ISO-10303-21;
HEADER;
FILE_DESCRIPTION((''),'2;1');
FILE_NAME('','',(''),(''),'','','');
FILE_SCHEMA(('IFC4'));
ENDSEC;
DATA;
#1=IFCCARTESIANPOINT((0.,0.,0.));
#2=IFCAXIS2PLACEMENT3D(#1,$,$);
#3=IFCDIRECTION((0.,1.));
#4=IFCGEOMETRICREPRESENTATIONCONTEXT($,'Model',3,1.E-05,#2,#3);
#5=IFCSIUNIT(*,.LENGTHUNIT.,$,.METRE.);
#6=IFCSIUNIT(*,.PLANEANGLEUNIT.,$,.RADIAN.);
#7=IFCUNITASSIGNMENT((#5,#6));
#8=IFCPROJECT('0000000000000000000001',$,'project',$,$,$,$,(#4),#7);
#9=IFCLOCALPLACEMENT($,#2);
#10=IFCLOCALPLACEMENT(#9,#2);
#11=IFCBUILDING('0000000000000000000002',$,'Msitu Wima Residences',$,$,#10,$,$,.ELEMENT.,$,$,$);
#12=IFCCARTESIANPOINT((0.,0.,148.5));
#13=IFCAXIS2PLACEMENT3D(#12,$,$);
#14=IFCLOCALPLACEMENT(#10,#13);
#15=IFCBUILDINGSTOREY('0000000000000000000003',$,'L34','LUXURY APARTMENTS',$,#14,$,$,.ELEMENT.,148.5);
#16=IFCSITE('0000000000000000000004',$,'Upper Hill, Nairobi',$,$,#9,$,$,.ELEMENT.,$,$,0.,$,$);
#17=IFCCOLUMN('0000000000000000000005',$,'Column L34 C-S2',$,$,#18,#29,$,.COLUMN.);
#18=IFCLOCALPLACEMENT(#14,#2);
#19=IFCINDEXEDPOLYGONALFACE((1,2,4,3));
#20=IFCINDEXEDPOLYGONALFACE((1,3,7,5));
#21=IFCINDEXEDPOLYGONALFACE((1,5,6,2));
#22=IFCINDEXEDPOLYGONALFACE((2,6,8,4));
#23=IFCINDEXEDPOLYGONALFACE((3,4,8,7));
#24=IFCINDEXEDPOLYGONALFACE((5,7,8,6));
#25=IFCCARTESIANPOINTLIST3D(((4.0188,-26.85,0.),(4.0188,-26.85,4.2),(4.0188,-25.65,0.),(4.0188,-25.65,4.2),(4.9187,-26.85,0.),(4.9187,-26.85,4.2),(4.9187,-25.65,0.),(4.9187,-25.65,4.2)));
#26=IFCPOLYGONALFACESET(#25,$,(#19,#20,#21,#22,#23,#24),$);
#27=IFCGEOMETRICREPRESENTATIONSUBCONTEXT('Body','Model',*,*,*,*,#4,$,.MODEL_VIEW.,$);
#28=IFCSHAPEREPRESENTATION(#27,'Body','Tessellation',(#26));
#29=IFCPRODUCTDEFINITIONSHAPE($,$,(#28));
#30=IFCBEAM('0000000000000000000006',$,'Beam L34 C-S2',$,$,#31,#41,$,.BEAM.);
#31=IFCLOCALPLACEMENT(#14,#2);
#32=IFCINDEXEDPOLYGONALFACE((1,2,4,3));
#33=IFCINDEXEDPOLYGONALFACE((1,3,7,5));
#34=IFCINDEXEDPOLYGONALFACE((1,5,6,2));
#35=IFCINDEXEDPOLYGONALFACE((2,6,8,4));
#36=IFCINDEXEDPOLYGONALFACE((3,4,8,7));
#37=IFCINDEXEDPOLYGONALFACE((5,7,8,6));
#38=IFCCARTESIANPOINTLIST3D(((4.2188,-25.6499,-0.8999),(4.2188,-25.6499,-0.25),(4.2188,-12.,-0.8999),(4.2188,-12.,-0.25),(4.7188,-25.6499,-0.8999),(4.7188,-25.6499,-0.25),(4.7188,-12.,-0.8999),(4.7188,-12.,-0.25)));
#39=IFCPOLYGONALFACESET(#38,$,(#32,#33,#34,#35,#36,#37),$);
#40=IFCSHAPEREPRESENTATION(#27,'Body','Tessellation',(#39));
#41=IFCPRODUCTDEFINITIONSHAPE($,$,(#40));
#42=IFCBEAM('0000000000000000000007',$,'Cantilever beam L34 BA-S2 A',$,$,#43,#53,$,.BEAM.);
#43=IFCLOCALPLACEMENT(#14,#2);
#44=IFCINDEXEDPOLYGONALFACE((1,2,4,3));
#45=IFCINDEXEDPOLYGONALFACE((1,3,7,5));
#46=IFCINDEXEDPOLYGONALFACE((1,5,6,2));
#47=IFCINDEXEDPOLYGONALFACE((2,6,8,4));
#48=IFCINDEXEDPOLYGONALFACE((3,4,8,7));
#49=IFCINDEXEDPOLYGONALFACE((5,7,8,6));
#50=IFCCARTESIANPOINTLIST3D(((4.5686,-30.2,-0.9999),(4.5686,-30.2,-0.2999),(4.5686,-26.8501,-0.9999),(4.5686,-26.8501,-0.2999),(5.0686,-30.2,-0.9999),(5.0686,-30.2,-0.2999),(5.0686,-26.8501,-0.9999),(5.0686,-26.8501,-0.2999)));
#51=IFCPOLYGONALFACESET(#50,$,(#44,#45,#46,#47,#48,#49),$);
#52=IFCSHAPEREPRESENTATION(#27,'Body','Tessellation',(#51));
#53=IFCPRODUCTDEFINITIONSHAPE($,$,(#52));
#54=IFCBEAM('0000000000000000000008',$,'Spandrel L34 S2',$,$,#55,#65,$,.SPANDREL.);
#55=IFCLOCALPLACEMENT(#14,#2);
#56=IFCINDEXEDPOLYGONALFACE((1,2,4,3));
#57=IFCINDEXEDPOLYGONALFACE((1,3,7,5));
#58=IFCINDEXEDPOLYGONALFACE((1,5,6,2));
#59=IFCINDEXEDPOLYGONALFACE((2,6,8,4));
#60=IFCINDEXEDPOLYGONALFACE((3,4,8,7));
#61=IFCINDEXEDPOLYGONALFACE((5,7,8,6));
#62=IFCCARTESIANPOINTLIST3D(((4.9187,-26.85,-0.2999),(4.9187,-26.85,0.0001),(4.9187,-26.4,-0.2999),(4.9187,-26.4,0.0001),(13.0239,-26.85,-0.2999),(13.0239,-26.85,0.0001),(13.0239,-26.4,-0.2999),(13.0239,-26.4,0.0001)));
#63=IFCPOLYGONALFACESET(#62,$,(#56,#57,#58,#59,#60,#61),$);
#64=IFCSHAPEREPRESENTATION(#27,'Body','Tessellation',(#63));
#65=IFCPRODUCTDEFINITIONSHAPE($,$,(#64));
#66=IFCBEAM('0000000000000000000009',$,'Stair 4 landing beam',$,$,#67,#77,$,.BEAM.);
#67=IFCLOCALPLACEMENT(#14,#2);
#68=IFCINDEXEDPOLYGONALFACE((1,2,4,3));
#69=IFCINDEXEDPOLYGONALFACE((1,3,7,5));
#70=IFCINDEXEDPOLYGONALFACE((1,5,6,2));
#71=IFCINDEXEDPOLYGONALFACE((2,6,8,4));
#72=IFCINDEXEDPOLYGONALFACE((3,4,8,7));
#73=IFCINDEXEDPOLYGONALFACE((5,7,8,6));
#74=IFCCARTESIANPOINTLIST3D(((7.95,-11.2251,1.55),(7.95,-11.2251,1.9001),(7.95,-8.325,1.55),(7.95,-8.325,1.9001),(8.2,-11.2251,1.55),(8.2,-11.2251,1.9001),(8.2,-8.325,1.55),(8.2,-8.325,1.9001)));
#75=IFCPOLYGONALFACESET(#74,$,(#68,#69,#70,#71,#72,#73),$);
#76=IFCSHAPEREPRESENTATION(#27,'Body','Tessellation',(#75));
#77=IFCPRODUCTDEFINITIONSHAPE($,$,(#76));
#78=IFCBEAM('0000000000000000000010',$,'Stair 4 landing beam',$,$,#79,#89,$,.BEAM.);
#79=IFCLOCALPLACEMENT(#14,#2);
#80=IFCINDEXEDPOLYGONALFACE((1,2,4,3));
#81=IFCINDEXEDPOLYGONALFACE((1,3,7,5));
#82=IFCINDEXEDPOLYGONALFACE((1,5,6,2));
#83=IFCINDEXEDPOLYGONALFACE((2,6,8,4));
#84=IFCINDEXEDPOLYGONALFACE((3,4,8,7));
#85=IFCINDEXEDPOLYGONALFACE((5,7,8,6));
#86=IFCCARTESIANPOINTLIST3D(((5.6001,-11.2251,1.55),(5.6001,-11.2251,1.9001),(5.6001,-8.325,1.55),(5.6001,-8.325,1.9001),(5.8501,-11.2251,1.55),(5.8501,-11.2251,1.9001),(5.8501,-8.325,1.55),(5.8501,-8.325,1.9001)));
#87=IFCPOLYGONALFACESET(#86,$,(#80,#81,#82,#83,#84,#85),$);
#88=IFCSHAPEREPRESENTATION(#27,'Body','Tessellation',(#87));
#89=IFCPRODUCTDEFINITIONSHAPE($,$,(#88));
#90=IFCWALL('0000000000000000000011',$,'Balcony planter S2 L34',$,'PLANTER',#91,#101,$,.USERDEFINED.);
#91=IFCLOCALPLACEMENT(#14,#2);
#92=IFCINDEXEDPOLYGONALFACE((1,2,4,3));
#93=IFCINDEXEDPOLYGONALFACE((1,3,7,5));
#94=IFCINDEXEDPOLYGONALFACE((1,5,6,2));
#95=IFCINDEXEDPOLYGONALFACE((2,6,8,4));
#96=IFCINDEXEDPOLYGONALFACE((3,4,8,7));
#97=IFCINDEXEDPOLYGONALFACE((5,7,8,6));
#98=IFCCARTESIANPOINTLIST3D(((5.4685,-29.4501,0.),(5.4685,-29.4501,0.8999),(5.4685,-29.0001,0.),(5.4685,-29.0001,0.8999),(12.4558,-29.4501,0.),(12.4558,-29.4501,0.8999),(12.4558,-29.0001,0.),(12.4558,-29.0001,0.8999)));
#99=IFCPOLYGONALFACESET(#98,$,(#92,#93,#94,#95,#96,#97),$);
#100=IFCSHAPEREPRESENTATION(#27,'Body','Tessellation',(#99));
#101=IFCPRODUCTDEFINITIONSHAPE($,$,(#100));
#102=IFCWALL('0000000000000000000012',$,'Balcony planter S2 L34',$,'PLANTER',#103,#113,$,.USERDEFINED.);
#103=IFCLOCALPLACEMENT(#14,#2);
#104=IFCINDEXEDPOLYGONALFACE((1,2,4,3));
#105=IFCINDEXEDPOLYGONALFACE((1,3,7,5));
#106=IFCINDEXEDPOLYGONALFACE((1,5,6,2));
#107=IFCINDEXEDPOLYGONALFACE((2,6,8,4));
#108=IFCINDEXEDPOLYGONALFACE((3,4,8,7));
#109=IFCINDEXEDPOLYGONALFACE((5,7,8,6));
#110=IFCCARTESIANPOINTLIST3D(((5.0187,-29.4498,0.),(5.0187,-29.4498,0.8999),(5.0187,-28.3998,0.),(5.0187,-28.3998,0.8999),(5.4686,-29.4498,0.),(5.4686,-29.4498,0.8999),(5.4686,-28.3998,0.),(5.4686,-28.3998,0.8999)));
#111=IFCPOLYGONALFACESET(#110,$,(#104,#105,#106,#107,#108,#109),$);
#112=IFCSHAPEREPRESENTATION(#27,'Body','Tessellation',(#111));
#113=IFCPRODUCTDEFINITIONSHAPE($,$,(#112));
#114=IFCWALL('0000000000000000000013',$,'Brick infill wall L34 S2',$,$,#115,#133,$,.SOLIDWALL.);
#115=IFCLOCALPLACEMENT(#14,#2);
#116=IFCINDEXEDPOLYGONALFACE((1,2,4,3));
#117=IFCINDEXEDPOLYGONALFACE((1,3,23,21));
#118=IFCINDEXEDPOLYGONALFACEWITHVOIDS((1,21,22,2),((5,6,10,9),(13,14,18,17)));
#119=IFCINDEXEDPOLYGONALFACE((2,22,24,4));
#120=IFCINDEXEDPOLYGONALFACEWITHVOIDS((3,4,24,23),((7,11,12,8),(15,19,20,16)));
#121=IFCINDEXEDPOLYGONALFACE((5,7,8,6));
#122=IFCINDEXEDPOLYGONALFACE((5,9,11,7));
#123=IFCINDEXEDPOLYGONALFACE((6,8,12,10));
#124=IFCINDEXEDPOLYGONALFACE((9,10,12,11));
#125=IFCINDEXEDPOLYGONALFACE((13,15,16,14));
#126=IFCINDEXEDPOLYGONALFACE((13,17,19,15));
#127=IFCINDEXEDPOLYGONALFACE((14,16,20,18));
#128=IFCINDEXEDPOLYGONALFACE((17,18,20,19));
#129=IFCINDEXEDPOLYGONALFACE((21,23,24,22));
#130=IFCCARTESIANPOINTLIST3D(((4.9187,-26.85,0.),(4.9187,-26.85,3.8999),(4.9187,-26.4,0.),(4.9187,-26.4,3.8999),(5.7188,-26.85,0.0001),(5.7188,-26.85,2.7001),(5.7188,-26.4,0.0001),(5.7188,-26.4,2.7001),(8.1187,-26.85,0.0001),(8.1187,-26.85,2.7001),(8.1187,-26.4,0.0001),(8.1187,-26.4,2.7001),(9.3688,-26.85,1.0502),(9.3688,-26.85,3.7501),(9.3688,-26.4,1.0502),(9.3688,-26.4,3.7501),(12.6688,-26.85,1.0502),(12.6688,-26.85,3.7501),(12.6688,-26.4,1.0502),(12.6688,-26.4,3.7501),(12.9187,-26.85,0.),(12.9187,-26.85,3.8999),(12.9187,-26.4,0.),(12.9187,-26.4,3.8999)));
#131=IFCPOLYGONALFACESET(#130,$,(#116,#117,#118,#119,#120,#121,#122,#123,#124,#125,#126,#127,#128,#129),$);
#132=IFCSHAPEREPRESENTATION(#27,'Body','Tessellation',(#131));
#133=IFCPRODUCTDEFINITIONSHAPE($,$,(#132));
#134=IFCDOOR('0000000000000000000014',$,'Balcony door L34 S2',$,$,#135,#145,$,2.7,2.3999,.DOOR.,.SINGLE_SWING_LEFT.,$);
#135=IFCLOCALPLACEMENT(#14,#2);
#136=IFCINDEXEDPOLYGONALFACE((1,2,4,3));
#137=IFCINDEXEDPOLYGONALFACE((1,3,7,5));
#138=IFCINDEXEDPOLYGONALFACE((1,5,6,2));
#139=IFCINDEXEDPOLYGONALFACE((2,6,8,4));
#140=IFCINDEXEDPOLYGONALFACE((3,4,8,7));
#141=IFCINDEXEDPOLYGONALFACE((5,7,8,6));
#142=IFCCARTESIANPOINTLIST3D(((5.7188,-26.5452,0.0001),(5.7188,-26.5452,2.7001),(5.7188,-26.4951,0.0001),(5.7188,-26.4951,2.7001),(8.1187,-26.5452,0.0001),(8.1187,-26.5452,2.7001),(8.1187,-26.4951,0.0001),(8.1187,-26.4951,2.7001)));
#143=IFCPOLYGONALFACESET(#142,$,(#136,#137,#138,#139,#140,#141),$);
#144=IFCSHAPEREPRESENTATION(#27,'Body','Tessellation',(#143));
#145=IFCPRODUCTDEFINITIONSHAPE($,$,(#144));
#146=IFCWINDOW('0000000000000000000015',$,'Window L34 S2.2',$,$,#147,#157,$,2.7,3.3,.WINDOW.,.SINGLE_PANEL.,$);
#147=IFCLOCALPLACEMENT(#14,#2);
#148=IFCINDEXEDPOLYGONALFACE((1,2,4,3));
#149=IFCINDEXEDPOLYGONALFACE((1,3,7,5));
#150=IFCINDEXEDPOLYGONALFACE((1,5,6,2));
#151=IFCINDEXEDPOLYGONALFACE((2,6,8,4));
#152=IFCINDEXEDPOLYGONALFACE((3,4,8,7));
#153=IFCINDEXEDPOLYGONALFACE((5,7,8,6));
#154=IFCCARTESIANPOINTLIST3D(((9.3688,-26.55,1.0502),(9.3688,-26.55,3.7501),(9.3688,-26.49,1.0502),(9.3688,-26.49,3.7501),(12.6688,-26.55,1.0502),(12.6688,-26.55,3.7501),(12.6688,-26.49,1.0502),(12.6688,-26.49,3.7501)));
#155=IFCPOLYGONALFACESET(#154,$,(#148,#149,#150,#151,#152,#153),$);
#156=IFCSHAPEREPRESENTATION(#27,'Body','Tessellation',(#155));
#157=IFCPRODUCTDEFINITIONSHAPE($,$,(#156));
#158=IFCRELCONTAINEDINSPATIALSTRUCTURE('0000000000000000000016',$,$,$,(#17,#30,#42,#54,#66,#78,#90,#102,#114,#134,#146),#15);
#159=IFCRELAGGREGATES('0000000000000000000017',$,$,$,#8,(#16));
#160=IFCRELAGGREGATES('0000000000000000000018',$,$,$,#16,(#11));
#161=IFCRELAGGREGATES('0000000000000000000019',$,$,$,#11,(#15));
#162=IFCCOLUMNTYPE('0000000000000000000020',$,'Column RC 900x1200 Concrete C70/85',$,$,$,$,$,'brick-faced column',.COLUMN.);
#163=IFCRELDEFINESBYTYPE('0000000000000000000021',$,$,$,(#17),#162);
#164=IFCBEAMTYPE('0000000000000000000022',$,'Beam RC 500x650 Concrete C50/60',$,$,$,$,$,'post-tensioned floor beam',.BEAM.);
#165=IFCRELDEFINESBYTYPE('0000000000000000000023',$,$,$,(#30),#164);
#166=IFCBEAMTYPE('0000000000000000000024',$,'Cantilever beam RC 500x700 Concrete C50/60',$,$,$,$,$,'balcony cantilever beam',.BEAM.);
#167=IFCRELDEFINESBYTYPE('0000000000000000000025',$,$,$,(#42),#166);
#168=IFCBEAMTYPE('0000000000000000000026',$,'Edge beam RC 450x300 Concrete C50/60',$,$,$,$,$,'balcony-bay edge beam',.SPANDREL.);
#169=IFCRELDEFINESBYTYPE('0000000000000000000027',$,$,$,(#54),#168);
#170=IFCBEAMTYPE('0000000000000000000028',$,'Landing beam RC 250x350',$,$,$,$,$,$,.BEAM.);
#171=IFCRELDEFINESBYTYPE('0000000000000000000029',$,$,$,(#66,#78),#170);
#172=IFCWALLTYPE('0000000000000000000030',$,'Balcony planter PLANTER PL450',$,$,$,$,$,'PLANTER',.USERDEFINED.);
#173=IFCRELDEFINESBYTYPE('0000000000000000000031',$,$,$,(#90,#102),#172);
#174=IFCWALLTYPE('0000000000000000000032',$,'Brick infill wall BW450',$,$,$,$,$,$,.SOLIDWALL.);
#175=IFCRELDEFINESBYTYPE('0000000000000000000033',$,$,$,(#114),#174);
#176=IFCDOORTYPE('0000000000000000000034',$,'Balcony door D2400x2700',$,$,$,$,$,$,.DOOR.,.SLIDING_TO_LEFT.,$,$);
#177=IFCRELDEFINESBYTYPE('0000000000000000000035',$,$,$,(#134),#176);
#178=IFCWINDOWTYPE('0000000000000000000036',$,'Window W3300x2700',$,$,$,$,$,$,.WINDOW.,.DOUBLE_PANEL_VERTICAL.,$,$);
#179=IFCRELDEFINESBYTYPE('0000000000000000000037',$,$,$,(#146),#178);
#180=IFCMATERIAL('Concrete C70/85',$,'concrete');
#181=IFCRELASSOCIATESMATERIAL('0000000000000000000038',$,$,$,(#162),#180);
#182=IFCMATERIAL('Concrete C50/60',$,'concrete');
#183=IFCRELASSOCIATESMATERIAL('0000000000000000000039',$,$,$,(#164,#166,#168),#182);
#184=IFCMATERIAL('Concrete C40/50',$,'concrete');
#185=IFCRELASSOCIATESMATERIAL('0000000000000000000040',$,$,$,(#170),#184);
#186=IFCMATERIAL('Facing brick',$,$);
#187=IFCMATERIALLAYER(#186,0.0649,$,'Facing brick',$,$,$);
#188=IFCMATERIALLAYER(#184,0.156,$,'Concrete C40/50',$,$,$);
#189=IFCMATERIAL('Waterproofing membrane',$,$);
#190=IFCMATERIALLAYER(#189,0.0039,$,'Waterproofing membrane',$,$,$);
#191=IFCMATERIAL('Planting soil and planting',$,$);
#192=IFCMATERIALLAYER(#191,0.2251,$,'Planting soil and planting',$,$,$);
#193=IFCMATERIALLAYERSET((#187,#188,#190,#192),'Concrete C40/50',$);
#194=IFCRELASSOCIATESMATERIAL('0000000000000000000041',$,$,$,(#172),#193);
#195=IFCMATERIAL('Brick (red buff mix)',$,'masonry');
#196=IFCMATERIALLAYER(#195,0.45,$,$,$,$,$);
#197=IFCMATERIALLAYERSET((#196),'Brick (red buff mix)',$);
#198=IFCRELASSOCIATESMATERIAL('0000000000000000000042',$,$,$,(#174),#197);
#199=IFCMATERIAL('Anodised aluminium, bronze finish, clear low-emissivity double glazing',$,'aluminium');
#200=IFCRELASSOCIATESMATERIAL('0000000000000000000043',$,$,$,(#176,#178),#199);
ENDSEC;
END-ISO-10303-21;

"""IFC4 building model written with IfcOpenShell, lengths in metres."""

from ifc_helpers import new_model, si_unit, direction, frame, frame_2d, origin, origin_2d, place, context, subcontext, project, spatial, rectangle, extrude, material, layer, layer_set, material_profile, profile_set, type_object, element, fill, save


model = new_model("IFC4")

# Units and contexts
model_context = context("Model", 3, precision=1e-05, world=origin(), true_north=direction((0.0, 1.0)))
body_context = subcontext(model_context, "Body", "Model", "MODEL_VIEW")
ifc_project = project(units=[si_unit("LENGTHUNIT", "METRE"), si_unit("PLANEANGLEUNIT", "RADIAN")], contexts=[model_context])

# Site, building, storey
site_placement = place(None, origin())
site = spatial("IfcSite", under=ifc_project, at=site_placement, Name="Upper Hill, Nairobi", CompositionType="ELEMENT", RefElevation=0.0)
building_placement = place(site_placement, origin())
building = spatial("IfcBuilding", under=site, at=building_placement, Name="Msitu Wima Residences", CompositionType="ELEMENT")
storey_placement = place(building_placement, frame((0.0, 0.0, 148.5)))
storey = spatial("IfcBuildingStorey", under=building, at=storey_placement, Name="L34", Description="LUXURY APARTMENTS", CompositionType="ELEMENT", Elevation=148.5)

# Column
ifc_material_1 = material(Name="Concrete C70/85", Category="concrete")
ifc_material_profile_1 = material_profile(ifc_material_1, rectangle(XDim=0.8999, YDim=1.2, at=origin_2d()), Name="RC 900x1200")
ifc_profile_set_1 = profile_set([ifc_material_profile_1], Name="Concrete C70/85")
column_type = type_object("IfcColumnType", Name="Column RC 900x1200 Concrete C70/85", ElementType="brick-faced column", PredefinedType="COLUMN", material=ifc_profile_set_1)
column_placement = place(storey_placement, frame((4.4688, -26.25, 0.0), z_axis=(0.0, 0.0, 1.0), x_axis=(1.0, 0.0, 0.0)))
element("IfcColumn", 1, at=column_placement, inside=storey, type_object=column_type, Name="Column L34 C-S2", PredefinedType="COLUMN", context=body_context, shape_type="SweptSolid", body=[
    extrude(rectangle(XDim=0.8999, YDim=1.2, at=origin_2d()), origin(), (0.0, 0.0, 1.0), 4.2),
])

# Beams
ifc_material_2 = material(Name="Concrete C50/60", Category="concrete")
ifc_material_profile_2 = material_profile(ifc_material_2, rectangle(XDim=0.5, YDim=0.6499, at=origin_2d()), Name="RC 500x650")
ifc_profile_set_2 = profile_set([ifc_material_profile_2], Name="Concrete C50/60")
beam_type_1 = type_object("IfcBeamType", Name="Beam RC 500x650 Concrete C50/60", ElementType="post-tensioned floor beam", PredefinedType="BEAM", material=ifc_profile_set_2)
beam_1_placement = place(storey_placement, frame((4.4688, -25.6499, -0.575), z_axis=(0.0, 1.0, 0.0), x_axis=(-1.0, 0.0, 0.0)))
element("IfcBeam", 2, at=beam_1_placement, inside=storey, type_object=beam_type_1, Name="Beam L34 C-S2", PredefinedType="BEAM", context=body_context, shape_type="SweptSolid", body=[
    extrude(rectangle(XDim=0.5, YDim=0.6499, at=origin_2d()), origin(), (0.0, 0.0, 1.0), 13.6499),
])
ifc_material_profile_3 = material_profile(ifc_material_2, rectangle(XDim=0.5, YDim=0.7, at=origin_2d()), Name="RC 500x700")
ifc_profile_set_3 = profile_set([ifc_material_profile_3], Name="Concrete C50/60")
beam_type_2 = type_object("IfcBeamType", Name="Cantilever beam RC 500x700 Concrete C50/60", ElementType="balcony cantilever beam", PredefinedType="BEAM", material=ifc_profile_set_3)
beam_2_placement = place(storey_placement, frame((4.8186, -26.8501, -0.6499), z_axis=(0.0, -1.0, 0.0), x_axis=(1.0, 0.0, 0.0)))
element("IfcBeam", 3, at=beam_2_placement, inside=storey, type_object=beam_type_2, Name="Cantilever beam L34 BA-S2 A", PredefinedType="BEAM", context=body_context, shape_type="SweptSolid", body=[
    extrude(rectangle(XDim=0.5, YDim=0.7, at=origin_2d()), origin(), (0.0, 0.0, 1.0), 3.3499),
])
ifc_material_profile_4 = material_profile(ifc_material_2, rectangle(XDim=0.45, YDim=0.3, at=origin_2d()), Name="RC 450x300")
ifc_profile_set_4 = profile_set([ifc_material_profile_4], Name="Concrete C50/60")
beam_type_3 = type_object("IfcBeamType", Name="Edge beam RC 450x300 Concrete C50/60", ElementType="balcony-bay edge beam", PredefinedType="SPANDREL", material=ifc_profile_set_4)
beam_3_placement = place(storey_placement, frame((4.9187, -26.625, -0.1499), z_axis=(1.0, 0.0, 0.0), x_axis=(0.0, 1.0, 0.0)))
element("IfcBeam", 4, at=beam_3_placement, inside=storey, type_object=beam_type_3, Name="Spandrel L34 S2", PredefinedType="SPANDREL", context=body_context, shape_type="SweptSolid", body=[
    extrude(rectangle(XDim=0.45, YDim=0.3, at=origin_2d()), origin(), (0.0, 0.0, 1.0), 8.1052),
])
ifc_material_3 = material(Name="Concrete C40/50", Category="concrete")
ifc_material_profile_5 = material_profile(ifc_material_3, rectangle(XDim=0.25, YDim=0.3501, at=origin_2d()), Name="RC 250x350")
ifc_profile_set_5 = profile_set([ifc_material_profile_5], Name="Concrete C40/50")
beam_type_4 = type_object("IfcBeamType", Name="Landing beam RC 250x350", PredefinedType="BEAM", material=ifc_profile_set_5)
for number, where, z_axis, x_axis, name in (
    (5, (8.075, -11.2251, 1.7251), (0.0, 1.0, 0.0), (-1.0, 0.0, 0.0), "Stair 4 landing beam"),
    (6, (5.7251, -11.2251, 1.7251), (0.0, 1.0, 0.0), (-1.0, 0.0, 0.0), "Stair 4 landing beam"),
):
    element("IfcBeam", number, at=place(storey_placement, frame(where, z_axis=z_axis, x_axis=x_axis)), inside=storey, type_object=beam_type_4, Name=name, PredefinedType="BEAM", context=body_context, shape_type="SweptSolid", body=[
        extrude(rectangle(XDim=0.25, YDim=0.3501, at=origin_2d()), origin(), (0.0, 0.0, 1.0), 2.9001),
    ])

# Walls
ifc_material_4 = material(Name="Facing brick")
ifc_layer_1 = layer(ifc_material_4, 0.0649, Name="Facing brick")
ifc_layer_2 = layer(ifc_material_3, 0.156, Name="Concrete C40/50")
ifc_material_5 = material(Name="Waterproofing membrane")
ifc_layer_3 = layer(ifc_material_5, 0.0039, Name="Waterproofing membrane")
ifc_material_6 = material(Name="Planting soil and planting")
ifc_layer_4 = layer(ifc_material_6, 0.2251, Name="Planting soil and planting")
ifc_layer_set_1 = layer_set([ifc_layer_1, ifc_layer_2, ifc_layer_3, ifc_layer_4], Name="Concrete C40/50")
wall_type_1 = type_object("IfcWallType", Name="Balcony planter PLANTER PL450", ElementType="PLANTER", PredefinedType="USERDEFINED", material=ifc_layer_set_1)
wall_1_placement = place(storey_placement, frame((5.4685, -29.2251, 0.0), z_axis=(0.0, 0.0, 1.0), x_axis=(1.0, 0.0, 0.0)))
element("IfcWall", 7, at=wall_1_placement, inside=storey, type_object=wall_type_1, Name="Balcony planter S2 L34", ObjectType="PLANTER", PredefinedType="USERDEFINED", context=body_context, shape_type="SweptSolid", body=[
    extrude(rectangle(XDim=6.9873, YDim=0.45, at=frame_2d((3.4937, 0.0))), origin(), (0.0, 0.0, 1.0), 0.8999),
])
wall_2_placement = place(storey_placement, frame((5.2437, -28.3999, 0.0), z_axis=(0.0, 0.0, 1.0), x_axis=(0.0, -1.0, 0.0)))
element("IfcWall", 8, at=wall_2_placement, inside=storey, type_object=wall_type_1, Name="Balcony planter S2 L34", ObjectType="PLANTER", PredefinedType="USERDEFINED", context=body_context, shape_type="SweptSolid", body=[
    extrude(rectangle(XDim=1.05, YDim=0.45, at=frame_2d((0.5249, 0.0))), origin(), (0.0, 0.0, 1.0), 0.8999),
])

# Wall, openings, door, window
ifc_material_7 = material(Name="Brick (red buff mix)", Category="masonry")
ifc_layer_5 = layer(ifc_material_7, 0.45)
ifc_layer_set_2 = layer_set([ifc_layer_5], Name="Brick (red buff mix)")
wall_type_2 = type_object("IfcWallType", Name="Brick infill wall BW450", PredefinedType="SOLIDWALL", material=ifc_layer_set_2)
wall_3_placement = place(storey_placement, frame((4.9187, -26.625, 0.0), z_axis=(0.0, 0.0, 1.0), x_axis=(1.0, 0.0, 0.0)))
wall_3 = element("IfcWall", 9, at=wall_3_placement, inside=storey, type_object=wall_type_2, Name="Brick infill wall L34 S2", PredefinedType="SOLIDWALL", context=body_context, shape_type="SweptSolid", body=[
    extrude(rectangle(XDim=8.0, YDim=0.45, at=frame_2d((4.0, 0.0))), origin(), (0.0, 0.0, 1.0), 3.8999),
])
opening_1_placement = place(wall_3_placement, frame((0.8, 0.0, 0.0)))
opening_1 = element("IfcOpeningElement", 10, at=opening_1_placement, cuts=wall_3, PredefinedType="OPENING", context=body_context, shape_type="SweptSolid", body=[
    extrude(rectangle(XDim=2.3999, YDim=2.7, at=frame_2d((1.2, 1.3501))), frame((0.0, 0.2349, 0.0), z_axis=(0.0, -1.0, 0.0), x_axis=(1.0, 0.0, 0.0)), (0.0, 0.0, 1.0), 0.47),
])
opening_2_placement = place(wall_3_placement, frame((4.4502, 0.0, 1.05)))
opening_2 = element("IfcOpeningElement", 11, at=opening_2_placement, cuts=wall_3, PredefinedType="OPENING", context=body_context, shape_type="SweptSolid", body=[
    extrude(rectangle(XDim=3.3, YDim=2.7, at=frame_2d((1.6499, 1.3501))), frame((0.0, 0.2349, 0.0), z_axis=(0.0, -1.0, 0.0), x_axis=(1.0, 0.0, 0.0)), (0.0, 0.0, 1.0), 0.47),
])
ifc_material_8 = material(Name="Anodised aluminium, bronze finish, clear low-emissivity double glazing", Category="aluminium")
door_type_1 = type_object("IfcDoorType", Name="Balcony door D2400x2700", OperationType="SLIDING_TO_LEFT", PredefinedType="DOOR", material=ifc_material_8)
door_1_placement = place(opening_1_placement, origin())
door_1 = element("IfcDoor", 12, at=door_1_placement, inside=storey, type_object=door_type_1, Name="Balcony door L34 S2", OperationType="SINGLE_SWING_LEFT", OverallHeight=2.7, OverallWidth=2.3999, PredefinedType="DOOR", context=body_context, shape_type="SweptSolid", body=[
    extrude(rectangle(XDim=2.3999, YDim=2.7, at=frame_2d((1.2, 1.3501))), frame((0.0, 0.1299, 0.0), z_axis=(0.0, -1.0, 0.0), x_axis=(1.0, 0.0, 0.0)), (0.0, 0.0, 1.0), 0.05),
])
fill(opening_1, door_1)
window_type = type_object("IfcWindowType", Name="Window W3300x2700", PartitioningType="DOUBLE_PANEL_VERTICAL", PredefinedType="WINDOW", material=ifc_material_8)
window_placement = place(opening_2_placement, origin())
window = element("IfcWindow", 13, at=window_placement, inside=storey, type_object=window_type, Name="Window L34 S2.2", OverallHeight=2.7, OverallWidth=3.3, PartitioningType="SINGLE_PANEL", PredefinedType="WINDOW", context=body_context, shape_type="SweptSolid", body=[
    extrude(rectangle(XDim=3.3, YDim=2.7, at=frame_2d((1.6499, 1.3501))), frame((0.0, 0.135, 0.0), z_axis=(0.0, -1.0, 0.0), x_axis=(1.0, 0.0, 0.0)), (0.0, 0.0, 1.0), 0.0601),
])
fill(opening_2, window)

save(model, "model.ifc")
